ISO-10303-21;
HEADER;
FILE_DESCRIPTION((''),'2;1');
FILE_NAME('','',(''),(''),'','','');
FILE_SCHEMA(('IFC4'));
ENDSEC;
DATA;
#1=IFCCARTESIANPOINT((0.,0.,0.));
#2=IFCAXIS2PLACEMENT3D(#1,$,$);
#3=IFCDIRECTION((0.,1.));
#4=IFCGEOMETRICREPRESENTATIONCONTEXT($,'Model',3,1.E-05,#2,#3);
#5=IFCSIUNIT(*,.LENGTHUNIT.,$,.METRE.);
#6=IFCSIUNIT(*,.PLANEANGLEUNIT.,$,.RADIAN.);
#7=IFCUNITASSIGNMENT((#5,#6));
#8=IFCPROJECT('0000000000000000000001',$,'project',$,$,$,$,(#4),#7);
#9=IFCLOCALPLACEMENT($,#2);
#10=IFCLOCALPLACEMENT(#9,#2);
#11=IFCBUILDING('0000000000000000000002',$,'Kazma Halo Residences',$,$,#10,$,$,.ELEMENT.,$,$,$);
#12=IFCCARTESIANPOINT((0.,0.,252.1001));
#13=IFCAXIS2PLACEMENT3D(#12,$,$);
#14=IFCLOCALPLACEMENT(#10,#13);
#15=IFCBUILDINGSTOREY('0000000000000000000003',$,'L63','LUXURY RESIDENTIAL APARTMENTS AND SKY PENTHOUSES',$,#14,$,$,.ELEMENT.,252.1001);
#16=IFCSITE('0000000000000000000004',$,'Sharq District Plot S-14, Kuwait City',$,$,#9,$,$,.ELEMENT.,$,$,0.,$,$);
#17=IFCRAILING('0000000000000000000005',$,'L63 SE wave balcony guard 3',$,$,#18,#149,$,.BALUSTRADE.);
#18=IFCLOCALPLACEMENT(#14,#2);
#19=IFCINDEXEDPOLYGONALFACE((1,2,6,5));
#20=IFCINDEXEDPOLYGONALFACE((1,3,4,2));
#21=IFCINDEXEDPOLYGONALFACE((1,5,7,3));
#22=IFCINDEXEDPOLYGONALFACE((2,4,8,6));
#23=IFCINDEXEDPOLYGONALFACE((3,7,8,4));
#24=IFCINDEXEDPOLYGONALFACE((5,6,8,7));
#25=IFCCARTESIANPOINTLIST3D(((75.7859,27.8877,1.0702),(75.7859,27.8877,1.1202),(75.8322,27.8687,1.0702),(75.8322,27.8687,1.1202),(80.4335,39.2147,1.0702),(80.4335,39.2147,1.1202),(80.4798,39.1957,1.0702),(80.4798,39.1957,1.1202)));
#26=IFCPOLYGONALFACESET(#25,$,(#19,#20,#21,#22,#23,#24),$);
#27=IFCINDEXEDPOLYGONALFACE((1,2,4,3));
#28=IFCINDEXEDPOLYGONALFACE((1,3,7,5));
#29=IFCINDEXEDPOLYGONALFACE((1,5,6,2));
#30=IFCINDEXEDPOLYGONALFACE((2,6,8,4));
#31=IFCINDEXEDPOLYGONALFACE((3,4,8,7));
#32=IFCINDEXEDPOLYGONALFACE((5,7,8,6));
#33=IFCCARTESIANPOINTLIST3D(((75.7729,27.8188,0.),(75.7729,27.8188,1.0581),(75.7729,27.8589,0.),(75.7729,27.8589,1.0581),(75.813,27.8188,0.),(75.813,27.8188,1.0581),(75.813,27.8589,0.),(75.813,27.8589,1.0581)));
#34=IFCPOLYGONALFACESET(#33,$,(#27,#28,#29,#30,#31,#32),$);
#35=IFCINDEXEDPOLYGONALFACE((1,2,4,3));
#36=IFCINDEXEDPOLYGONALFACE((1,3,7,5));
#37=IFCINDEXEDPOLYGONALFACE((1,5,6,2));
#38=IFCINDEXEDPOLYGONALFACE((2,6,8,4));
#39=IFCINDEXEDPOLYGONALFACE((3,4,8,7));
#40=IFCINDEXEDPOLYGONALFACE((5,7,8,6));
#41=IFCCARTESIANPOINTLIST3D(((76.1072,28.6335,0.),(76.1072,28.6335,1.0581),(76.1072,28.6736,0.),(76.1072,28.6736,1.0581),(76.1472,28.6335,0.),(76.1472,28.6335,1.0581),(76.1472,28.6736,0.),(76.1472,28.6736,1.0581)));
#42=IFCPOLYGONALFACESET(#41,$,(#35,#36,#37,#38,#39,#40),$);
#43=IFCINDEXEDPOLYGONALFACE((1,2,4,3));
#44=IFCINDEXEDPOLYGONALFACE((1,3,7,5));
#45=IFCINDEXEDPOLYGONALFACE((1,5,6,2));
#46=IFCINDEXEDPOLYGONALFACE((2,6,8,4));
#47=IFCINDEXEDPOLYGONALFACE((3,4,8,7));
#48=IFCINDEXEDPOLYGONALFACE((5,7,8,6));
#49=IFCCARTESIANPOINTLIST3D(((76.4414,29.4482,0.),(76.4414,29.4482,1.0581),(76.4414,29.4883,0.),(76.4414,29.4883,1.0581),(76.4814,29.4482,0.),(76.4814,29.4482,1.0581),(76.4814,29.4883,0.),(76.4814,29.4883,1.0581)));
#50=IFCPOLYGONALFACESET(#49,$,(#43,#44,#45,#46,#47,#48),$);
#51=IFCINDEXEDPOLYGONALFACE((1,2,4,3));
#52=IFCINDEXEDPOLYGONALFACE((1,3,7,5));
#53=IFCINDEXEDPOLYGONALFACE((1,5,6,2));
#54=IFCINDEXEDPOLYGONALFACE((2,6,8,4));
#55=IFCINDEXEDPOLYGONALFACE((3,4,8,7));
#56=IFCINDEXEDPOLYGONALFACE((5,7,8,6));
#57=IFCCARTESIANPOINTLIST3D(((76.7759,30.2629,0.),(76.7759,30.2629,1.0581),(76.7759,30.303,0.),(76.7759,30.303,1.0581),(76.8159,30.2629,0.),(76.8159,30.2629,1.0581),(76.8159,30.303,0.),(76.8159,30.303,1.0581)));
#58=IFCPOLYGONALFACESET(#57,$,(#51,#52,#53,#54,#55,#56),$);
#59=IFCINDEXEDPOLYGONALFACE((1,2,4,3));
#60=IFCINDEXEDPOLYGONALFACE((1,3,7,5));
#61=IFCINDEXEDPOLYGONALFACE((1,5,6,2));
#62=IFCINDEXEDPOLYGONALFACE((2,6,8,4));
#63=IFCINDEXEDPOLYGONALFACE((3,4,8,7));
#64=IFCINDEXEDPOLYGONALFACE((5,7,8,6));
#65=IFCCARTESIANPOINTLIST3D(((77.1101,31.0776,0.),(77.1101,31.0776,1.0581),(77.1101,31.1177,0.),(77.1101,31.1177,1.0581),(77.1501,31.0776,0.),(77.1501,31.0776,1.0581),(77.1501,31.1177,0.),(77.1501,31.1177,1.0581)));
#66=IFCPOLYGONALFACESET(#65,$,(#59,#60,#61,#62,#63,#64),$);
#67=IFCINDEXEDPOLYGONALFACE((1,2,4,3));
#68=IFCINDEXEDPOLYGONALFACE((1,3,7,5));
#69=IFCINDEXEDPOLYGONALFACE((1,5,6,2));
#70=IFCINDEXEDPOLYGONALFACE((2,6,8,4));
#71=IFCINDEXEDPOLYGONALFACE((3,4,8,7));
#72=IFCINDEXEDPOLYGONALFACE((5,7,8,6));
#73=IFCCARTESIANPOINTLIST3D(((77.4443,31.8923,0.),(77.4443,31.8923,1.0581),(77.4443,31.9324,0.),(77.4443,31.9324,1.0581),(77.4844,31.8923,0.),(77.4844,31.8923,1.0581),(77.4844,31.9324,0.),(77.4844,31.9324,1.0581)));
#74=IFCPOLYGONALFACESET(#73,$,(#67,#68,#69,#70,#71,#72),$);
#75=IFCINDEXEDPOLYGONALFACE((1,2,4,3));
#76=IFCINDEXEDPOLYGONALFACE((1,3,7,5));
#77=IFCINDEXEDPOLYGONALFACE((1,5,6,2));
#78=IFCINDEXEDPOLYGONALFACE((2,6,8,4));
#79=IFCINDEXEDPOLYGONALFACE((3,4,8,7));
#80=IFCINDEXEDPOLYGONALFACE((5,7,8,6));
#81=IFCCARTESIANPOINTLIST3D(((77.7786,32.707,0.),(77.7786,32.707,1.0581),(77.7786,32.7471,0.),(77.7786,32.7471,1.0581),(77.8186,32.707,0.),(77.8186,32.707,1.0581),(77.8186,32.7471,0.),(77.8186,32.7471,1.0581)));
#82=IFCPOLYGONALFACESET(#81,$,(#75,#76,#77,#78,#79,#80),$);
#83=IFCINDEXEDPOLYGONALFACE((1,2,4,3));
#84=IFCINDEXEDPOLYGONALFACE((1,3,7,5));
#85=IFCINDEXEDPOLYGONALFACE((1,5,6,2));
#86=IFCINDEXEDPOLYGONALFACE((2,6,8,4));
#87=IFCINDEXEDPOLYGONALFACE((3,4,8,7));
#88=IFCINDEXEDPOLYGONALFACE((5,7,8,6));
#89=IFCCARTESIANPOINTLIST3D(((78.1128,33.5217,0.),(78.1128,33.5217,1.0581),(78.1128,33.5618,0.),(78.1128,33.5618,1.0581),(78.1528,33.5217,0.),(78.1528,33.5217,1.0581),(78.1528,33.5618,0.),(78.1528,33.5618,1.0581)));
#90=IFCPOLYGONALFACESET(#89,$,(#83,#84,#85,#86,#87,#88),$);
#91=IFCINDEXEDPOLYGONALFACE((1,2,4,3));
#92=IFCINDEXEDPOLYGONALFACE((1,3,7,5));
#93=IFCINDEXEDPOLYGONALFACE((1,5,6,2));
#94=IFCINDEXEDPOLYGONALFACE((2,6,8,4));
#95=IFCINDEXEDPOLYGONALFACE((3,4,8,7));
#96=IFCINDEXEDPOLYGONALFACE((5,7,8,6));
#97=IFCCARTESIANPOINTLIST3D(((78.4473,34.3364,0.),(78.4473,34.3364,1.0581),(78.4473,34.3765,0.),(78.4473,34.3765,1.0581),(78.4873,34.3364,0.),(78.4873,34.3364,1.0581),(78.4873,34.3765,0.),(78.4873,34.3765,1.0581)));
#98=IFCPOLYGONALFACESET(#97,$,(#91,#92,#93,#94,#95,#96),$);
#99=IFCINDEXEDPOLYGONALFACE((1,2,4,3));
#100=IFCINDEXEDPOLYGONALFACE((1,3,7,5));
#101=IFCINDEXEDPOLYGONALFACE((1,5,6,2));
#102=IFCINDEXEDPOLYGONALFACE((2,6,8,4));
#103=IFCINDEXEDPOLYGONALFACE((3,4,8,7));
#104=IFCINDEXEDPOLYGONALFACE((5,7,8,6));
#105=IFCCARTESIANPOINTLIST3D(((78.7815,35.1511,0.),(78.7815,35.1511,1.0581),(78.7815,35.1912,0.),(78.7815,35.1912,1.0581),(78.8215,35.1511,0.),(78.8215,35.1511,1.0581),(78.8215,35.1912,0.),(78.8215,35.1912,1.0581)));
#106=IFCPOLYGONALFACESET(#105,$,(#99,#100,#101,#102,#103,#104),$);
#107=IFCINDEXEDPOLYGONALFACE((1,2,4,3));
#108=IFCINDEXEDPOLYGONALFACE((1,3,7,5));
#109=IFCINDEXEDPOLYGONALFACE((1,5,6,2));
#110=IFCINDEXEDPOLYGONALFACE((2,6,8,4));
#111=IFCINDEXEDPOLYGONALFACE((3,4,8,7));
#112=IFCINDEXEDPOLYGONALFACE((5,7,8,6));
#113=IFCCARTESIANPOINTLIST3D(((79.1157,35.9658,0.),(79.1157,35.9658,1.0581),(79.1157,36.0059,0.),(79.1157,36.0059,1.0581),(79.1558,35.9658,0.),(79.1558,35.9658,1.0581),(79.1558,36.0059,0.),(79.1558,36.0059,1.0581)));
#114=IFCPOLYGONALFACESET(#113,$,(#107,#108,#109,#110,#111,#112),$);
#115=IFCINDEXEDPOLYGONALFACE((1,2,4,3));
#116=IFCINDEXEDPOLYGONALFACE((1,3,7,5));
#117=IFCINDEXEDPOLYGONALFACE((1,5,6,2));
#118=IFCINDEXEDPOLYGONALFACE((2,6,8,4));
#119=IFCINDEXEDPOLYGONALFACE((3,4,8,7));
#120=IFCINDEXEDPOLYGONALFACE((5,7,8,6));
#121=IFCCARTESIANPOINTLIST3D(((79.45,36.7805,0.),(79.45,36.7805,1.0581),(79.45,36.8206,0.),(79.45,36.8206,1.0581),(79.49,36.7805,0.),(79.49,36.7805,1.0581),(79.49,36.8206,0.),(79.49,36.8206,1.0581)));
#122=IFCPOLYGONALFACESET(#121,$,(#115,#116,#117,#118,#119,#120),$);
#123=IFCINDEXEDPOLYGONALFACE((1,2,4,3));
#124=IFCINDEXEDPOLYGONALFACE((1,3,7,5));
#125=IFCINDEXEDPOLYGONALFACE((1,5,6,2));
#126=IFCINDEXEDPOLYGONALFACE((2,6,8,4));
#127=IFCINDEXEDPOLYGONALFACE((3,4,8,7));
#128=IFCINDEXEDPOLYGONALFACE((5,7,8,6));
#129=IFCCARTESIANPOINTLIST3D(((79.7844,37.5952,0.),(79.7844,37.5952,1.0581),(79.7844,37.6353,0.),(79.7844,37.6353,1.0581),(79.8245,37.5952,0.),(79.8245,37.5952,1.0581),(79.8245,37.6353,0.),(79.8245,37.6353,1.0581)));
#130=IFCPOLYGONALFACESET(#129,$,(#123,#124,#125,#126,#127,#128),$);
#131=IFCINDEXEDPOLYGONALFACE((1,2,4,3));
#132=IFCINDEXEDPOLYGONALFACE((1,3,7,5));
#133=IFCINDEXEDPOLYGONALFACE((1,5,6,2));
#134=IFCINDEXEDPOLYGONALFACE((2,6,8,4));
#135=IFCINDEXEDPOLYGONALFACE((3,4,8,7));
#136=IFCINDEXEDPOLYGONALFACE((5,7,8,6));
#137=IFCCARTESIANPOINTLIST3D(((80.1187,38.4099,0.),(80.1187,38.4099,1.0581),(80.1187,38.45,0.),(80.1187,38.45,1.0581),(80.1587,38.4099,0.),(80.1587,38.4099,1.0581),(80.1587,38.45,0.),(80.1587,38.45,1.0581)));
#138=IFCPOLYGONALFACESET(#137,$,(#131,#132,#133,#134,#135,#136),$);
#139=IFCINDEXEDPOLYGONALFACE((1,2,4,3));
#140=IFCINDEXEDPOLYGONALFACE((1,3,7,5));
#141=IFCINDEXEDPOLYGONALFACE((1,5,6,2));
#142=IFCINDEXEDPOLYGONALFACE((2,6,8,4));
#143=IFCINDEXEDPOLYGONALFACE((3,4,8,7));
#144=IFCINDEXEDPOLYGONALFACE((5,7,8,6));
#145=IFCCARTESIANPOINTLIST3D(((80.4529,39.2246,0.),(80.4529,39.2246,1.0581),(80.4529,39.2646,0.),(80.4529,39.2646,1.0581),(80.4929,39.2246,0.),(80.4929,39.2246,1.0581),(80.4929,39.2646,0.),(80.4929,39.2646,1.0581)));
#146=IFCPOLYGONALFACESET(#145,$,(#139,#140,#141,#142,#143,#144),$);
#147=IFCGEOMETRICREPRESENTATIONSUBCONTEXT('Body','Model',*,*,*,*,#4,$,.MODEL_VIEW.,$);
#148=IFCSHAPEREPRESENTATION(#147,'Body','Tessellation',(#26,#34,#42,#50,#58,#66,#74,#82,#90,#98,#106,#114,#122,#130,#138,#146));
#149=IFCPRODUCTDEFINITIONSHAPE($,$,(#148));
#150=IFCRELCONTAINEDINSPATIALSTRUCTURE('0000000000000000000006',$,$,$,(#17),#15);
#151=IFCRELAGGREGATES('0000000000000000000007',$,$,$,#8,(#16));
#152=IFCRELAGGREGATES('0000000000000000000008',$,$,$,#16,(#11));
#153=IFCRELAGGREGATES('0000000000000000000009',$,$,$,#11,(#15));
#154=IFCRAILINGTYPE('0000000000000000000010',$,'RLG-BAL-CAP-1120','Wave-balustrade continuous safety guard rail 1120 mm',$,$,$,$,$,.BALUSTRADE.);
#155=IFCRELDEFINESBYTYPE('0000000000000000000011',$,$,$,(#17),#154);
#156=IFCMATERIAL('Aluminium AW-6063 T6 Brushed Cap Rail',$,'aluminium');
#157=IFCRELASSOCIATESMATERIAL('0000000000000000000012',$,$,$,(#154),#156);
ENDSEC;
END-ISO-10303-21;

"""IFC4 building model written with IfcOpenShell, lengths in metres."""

from ifc_helpers import new_model, si_unit, direction, frame, origin, origin_2d, place, context, subcontext, project, spatial, rectangle, extrude, material, type_object, element, save


model = new_model("IFC4")

# Units and contexts
model_context = context("Model", 3, precision=1e-05, world=origin(), true_north=direction((0.0, 1.0)))
body_context = subcontext(model_context, "Body", "Model", "MODEL_VIEW")
ifc_project = project(units=[si_unit("LENGTHUNIT", "METRE"), si_unit("PLANEANGLEUNIT", "RADIAN")], contexts=[model_context])

# Site, building, storey
site_placement = place(None, origin())
site = spatial("IfcSite", under=ifc_project, at=site_placement, Name="Sharq District Plot S-14, Kuwait City", CompositionType="ELEMENT", RefElevation=0.0)
building_placement = place(site_placement, origin())
building = spatial("IfcBuilding", under=site, at=building_placement, Name="Kazma Halo Residences", CompositionType="ELEMENT")
storey_placement = place(building_placement, frame((0.0, 0.0, 252.1001)))
storey = spatial("IfcBuildingStorey", under=building, at=storey_placement, Name="L63", Description="LUXURY RESIDENTIAL APARTMENTS AND SKY PENTHOUSES", CompositionType="ELEMENT", Elevation=252.1001)

# Railing
ifc_material_1 = material(Name="Aluminium AW-6063 T6 Brushed Cap Rail", Category="aluminium")
railing_type = type_object("IfcRailingType", Name="RLG-BAL-CAP-1120", Description="Wave-balustrade continuous safety guard rail 1120 mm", PredefinedType="BALUSTRADE", material=ifc_material_1)
railing_1_placement = place(storey_placement, frame((75.793, 27.8389, 0.0)))
element("IfcRailing", 1, at=railing_1_placement, inside=storey, type_object=railing_type, Name="L63 SE wave balcony guard 3", PredefinedType="BALUSTRADE", context=body_context, shape_type="SweptSolid", body=[
    extrude(rectangle(XDim=0.05, YDim=0.05, at=origin_2d()), frame((0.0161, 0.0393, 1.0952), z_axis=(0.379601, 0.92515, 0.0), x_axis=(-0.92515, 0.379601, 0.0)), (0.0, 0.0, 1.0), 12.2434),
    extrude(rectangle(XDim=0.04, YDim=0.04, at=origin_2d()), origin(), (0.0, 0.0, 1.0), 1.0581),
    extrude(rectangle(XDim=0.04, YDim=0.04, at=origin_2d()), frame((0.3342, 0.8147, 0.0)), (0.0, 0.0, 1.0), 1.0581),
    extrude(rectangle(XDim=0.04, YDim=0.04, at=origin_2d()), frame((0.6685, 1.6294, 0.0)), (0.0, 0.0, 1.0), 1.0581),
    extrude(rectangle(XDim=0.04, YDim=0.04, at=origin_2d()), frame((1.0029, 2.4441, 0.0)), (0.0, 0.0, 1.0), 1.0581),
    extrude(rectangle(XDim=0.04, YDim=0.04, at=origin_2d()), frame((1.3372, 3.2588, 0.0)), (0.0, 0.0, 1.0), 1.0581),
    extrude(rectangle(XDim=0.04, YDim=0.04, at=origin_2d()), frame((1.6714, 4.0735, 0.0)), (0.0, 0.0, 1.0), 1.0581),
    extrude(rectangle(XDim=0.04, YDim=0.04, at=origin_2d()), frame((2.0056, 4.8882, 0.0)), (0.0, 0.0, 1.0), 1.0581),
    extrude(rectangle(XDim=0.04, YDim=0.04, at=origin_2d()), frame((2.3398, 5.7029, 0.0)), (0.0, 0.0, 1.0), 1.0581),
    extrude(rectangle(XDim=0.04, YDim=0.04, at=origin_2d()), frame((2.6743, 6.5176, 0.0)), (0.0, 0.0, 1.0), 1.0581),
    extrude(rectangle(XDim=0.04, YDim=0.04, at=origin_2d()), frame((3.0085, 7.3323, 0.0)), (0.0, 0.0, 1.0), 1.0581),
    extrude(rectangle(XDim=0.04, YDim=0.04, at=origin_2d()), frame((3.3428, 8.147, 0.0)), (0.0, 0.0, 1.0), 1.0581),
    extrude(rectangle(XDim=0.04, YDim=0.04, at=origin_2d()), frame((3.677, 8.9617, 0.0)), (0.0, 0.0, 1.0), 1.0581),
    extrude(rectangle(XDim=0.04, YDim=0.04, at=origin_2d()), frame((4.0115, 9.7764, 0.0)), (0.0, 0.0, 1.0), 1.0581),
    extrude(rectangle(XDim=0.04, YDim=0.04, at=origin_2d()), frame((4.3457, 10.5911, 0.0)), (0.0, 0.0, 1.0), 1.0581),
    extrude(rectangle(XDim=0.04, YDim=0.04, at=origin_2d()), frame((4.6799, 11.4058, 0.0)), (0.0, 0.0, 1.0), 1.0581),
])

save(model, "model.ifc")
